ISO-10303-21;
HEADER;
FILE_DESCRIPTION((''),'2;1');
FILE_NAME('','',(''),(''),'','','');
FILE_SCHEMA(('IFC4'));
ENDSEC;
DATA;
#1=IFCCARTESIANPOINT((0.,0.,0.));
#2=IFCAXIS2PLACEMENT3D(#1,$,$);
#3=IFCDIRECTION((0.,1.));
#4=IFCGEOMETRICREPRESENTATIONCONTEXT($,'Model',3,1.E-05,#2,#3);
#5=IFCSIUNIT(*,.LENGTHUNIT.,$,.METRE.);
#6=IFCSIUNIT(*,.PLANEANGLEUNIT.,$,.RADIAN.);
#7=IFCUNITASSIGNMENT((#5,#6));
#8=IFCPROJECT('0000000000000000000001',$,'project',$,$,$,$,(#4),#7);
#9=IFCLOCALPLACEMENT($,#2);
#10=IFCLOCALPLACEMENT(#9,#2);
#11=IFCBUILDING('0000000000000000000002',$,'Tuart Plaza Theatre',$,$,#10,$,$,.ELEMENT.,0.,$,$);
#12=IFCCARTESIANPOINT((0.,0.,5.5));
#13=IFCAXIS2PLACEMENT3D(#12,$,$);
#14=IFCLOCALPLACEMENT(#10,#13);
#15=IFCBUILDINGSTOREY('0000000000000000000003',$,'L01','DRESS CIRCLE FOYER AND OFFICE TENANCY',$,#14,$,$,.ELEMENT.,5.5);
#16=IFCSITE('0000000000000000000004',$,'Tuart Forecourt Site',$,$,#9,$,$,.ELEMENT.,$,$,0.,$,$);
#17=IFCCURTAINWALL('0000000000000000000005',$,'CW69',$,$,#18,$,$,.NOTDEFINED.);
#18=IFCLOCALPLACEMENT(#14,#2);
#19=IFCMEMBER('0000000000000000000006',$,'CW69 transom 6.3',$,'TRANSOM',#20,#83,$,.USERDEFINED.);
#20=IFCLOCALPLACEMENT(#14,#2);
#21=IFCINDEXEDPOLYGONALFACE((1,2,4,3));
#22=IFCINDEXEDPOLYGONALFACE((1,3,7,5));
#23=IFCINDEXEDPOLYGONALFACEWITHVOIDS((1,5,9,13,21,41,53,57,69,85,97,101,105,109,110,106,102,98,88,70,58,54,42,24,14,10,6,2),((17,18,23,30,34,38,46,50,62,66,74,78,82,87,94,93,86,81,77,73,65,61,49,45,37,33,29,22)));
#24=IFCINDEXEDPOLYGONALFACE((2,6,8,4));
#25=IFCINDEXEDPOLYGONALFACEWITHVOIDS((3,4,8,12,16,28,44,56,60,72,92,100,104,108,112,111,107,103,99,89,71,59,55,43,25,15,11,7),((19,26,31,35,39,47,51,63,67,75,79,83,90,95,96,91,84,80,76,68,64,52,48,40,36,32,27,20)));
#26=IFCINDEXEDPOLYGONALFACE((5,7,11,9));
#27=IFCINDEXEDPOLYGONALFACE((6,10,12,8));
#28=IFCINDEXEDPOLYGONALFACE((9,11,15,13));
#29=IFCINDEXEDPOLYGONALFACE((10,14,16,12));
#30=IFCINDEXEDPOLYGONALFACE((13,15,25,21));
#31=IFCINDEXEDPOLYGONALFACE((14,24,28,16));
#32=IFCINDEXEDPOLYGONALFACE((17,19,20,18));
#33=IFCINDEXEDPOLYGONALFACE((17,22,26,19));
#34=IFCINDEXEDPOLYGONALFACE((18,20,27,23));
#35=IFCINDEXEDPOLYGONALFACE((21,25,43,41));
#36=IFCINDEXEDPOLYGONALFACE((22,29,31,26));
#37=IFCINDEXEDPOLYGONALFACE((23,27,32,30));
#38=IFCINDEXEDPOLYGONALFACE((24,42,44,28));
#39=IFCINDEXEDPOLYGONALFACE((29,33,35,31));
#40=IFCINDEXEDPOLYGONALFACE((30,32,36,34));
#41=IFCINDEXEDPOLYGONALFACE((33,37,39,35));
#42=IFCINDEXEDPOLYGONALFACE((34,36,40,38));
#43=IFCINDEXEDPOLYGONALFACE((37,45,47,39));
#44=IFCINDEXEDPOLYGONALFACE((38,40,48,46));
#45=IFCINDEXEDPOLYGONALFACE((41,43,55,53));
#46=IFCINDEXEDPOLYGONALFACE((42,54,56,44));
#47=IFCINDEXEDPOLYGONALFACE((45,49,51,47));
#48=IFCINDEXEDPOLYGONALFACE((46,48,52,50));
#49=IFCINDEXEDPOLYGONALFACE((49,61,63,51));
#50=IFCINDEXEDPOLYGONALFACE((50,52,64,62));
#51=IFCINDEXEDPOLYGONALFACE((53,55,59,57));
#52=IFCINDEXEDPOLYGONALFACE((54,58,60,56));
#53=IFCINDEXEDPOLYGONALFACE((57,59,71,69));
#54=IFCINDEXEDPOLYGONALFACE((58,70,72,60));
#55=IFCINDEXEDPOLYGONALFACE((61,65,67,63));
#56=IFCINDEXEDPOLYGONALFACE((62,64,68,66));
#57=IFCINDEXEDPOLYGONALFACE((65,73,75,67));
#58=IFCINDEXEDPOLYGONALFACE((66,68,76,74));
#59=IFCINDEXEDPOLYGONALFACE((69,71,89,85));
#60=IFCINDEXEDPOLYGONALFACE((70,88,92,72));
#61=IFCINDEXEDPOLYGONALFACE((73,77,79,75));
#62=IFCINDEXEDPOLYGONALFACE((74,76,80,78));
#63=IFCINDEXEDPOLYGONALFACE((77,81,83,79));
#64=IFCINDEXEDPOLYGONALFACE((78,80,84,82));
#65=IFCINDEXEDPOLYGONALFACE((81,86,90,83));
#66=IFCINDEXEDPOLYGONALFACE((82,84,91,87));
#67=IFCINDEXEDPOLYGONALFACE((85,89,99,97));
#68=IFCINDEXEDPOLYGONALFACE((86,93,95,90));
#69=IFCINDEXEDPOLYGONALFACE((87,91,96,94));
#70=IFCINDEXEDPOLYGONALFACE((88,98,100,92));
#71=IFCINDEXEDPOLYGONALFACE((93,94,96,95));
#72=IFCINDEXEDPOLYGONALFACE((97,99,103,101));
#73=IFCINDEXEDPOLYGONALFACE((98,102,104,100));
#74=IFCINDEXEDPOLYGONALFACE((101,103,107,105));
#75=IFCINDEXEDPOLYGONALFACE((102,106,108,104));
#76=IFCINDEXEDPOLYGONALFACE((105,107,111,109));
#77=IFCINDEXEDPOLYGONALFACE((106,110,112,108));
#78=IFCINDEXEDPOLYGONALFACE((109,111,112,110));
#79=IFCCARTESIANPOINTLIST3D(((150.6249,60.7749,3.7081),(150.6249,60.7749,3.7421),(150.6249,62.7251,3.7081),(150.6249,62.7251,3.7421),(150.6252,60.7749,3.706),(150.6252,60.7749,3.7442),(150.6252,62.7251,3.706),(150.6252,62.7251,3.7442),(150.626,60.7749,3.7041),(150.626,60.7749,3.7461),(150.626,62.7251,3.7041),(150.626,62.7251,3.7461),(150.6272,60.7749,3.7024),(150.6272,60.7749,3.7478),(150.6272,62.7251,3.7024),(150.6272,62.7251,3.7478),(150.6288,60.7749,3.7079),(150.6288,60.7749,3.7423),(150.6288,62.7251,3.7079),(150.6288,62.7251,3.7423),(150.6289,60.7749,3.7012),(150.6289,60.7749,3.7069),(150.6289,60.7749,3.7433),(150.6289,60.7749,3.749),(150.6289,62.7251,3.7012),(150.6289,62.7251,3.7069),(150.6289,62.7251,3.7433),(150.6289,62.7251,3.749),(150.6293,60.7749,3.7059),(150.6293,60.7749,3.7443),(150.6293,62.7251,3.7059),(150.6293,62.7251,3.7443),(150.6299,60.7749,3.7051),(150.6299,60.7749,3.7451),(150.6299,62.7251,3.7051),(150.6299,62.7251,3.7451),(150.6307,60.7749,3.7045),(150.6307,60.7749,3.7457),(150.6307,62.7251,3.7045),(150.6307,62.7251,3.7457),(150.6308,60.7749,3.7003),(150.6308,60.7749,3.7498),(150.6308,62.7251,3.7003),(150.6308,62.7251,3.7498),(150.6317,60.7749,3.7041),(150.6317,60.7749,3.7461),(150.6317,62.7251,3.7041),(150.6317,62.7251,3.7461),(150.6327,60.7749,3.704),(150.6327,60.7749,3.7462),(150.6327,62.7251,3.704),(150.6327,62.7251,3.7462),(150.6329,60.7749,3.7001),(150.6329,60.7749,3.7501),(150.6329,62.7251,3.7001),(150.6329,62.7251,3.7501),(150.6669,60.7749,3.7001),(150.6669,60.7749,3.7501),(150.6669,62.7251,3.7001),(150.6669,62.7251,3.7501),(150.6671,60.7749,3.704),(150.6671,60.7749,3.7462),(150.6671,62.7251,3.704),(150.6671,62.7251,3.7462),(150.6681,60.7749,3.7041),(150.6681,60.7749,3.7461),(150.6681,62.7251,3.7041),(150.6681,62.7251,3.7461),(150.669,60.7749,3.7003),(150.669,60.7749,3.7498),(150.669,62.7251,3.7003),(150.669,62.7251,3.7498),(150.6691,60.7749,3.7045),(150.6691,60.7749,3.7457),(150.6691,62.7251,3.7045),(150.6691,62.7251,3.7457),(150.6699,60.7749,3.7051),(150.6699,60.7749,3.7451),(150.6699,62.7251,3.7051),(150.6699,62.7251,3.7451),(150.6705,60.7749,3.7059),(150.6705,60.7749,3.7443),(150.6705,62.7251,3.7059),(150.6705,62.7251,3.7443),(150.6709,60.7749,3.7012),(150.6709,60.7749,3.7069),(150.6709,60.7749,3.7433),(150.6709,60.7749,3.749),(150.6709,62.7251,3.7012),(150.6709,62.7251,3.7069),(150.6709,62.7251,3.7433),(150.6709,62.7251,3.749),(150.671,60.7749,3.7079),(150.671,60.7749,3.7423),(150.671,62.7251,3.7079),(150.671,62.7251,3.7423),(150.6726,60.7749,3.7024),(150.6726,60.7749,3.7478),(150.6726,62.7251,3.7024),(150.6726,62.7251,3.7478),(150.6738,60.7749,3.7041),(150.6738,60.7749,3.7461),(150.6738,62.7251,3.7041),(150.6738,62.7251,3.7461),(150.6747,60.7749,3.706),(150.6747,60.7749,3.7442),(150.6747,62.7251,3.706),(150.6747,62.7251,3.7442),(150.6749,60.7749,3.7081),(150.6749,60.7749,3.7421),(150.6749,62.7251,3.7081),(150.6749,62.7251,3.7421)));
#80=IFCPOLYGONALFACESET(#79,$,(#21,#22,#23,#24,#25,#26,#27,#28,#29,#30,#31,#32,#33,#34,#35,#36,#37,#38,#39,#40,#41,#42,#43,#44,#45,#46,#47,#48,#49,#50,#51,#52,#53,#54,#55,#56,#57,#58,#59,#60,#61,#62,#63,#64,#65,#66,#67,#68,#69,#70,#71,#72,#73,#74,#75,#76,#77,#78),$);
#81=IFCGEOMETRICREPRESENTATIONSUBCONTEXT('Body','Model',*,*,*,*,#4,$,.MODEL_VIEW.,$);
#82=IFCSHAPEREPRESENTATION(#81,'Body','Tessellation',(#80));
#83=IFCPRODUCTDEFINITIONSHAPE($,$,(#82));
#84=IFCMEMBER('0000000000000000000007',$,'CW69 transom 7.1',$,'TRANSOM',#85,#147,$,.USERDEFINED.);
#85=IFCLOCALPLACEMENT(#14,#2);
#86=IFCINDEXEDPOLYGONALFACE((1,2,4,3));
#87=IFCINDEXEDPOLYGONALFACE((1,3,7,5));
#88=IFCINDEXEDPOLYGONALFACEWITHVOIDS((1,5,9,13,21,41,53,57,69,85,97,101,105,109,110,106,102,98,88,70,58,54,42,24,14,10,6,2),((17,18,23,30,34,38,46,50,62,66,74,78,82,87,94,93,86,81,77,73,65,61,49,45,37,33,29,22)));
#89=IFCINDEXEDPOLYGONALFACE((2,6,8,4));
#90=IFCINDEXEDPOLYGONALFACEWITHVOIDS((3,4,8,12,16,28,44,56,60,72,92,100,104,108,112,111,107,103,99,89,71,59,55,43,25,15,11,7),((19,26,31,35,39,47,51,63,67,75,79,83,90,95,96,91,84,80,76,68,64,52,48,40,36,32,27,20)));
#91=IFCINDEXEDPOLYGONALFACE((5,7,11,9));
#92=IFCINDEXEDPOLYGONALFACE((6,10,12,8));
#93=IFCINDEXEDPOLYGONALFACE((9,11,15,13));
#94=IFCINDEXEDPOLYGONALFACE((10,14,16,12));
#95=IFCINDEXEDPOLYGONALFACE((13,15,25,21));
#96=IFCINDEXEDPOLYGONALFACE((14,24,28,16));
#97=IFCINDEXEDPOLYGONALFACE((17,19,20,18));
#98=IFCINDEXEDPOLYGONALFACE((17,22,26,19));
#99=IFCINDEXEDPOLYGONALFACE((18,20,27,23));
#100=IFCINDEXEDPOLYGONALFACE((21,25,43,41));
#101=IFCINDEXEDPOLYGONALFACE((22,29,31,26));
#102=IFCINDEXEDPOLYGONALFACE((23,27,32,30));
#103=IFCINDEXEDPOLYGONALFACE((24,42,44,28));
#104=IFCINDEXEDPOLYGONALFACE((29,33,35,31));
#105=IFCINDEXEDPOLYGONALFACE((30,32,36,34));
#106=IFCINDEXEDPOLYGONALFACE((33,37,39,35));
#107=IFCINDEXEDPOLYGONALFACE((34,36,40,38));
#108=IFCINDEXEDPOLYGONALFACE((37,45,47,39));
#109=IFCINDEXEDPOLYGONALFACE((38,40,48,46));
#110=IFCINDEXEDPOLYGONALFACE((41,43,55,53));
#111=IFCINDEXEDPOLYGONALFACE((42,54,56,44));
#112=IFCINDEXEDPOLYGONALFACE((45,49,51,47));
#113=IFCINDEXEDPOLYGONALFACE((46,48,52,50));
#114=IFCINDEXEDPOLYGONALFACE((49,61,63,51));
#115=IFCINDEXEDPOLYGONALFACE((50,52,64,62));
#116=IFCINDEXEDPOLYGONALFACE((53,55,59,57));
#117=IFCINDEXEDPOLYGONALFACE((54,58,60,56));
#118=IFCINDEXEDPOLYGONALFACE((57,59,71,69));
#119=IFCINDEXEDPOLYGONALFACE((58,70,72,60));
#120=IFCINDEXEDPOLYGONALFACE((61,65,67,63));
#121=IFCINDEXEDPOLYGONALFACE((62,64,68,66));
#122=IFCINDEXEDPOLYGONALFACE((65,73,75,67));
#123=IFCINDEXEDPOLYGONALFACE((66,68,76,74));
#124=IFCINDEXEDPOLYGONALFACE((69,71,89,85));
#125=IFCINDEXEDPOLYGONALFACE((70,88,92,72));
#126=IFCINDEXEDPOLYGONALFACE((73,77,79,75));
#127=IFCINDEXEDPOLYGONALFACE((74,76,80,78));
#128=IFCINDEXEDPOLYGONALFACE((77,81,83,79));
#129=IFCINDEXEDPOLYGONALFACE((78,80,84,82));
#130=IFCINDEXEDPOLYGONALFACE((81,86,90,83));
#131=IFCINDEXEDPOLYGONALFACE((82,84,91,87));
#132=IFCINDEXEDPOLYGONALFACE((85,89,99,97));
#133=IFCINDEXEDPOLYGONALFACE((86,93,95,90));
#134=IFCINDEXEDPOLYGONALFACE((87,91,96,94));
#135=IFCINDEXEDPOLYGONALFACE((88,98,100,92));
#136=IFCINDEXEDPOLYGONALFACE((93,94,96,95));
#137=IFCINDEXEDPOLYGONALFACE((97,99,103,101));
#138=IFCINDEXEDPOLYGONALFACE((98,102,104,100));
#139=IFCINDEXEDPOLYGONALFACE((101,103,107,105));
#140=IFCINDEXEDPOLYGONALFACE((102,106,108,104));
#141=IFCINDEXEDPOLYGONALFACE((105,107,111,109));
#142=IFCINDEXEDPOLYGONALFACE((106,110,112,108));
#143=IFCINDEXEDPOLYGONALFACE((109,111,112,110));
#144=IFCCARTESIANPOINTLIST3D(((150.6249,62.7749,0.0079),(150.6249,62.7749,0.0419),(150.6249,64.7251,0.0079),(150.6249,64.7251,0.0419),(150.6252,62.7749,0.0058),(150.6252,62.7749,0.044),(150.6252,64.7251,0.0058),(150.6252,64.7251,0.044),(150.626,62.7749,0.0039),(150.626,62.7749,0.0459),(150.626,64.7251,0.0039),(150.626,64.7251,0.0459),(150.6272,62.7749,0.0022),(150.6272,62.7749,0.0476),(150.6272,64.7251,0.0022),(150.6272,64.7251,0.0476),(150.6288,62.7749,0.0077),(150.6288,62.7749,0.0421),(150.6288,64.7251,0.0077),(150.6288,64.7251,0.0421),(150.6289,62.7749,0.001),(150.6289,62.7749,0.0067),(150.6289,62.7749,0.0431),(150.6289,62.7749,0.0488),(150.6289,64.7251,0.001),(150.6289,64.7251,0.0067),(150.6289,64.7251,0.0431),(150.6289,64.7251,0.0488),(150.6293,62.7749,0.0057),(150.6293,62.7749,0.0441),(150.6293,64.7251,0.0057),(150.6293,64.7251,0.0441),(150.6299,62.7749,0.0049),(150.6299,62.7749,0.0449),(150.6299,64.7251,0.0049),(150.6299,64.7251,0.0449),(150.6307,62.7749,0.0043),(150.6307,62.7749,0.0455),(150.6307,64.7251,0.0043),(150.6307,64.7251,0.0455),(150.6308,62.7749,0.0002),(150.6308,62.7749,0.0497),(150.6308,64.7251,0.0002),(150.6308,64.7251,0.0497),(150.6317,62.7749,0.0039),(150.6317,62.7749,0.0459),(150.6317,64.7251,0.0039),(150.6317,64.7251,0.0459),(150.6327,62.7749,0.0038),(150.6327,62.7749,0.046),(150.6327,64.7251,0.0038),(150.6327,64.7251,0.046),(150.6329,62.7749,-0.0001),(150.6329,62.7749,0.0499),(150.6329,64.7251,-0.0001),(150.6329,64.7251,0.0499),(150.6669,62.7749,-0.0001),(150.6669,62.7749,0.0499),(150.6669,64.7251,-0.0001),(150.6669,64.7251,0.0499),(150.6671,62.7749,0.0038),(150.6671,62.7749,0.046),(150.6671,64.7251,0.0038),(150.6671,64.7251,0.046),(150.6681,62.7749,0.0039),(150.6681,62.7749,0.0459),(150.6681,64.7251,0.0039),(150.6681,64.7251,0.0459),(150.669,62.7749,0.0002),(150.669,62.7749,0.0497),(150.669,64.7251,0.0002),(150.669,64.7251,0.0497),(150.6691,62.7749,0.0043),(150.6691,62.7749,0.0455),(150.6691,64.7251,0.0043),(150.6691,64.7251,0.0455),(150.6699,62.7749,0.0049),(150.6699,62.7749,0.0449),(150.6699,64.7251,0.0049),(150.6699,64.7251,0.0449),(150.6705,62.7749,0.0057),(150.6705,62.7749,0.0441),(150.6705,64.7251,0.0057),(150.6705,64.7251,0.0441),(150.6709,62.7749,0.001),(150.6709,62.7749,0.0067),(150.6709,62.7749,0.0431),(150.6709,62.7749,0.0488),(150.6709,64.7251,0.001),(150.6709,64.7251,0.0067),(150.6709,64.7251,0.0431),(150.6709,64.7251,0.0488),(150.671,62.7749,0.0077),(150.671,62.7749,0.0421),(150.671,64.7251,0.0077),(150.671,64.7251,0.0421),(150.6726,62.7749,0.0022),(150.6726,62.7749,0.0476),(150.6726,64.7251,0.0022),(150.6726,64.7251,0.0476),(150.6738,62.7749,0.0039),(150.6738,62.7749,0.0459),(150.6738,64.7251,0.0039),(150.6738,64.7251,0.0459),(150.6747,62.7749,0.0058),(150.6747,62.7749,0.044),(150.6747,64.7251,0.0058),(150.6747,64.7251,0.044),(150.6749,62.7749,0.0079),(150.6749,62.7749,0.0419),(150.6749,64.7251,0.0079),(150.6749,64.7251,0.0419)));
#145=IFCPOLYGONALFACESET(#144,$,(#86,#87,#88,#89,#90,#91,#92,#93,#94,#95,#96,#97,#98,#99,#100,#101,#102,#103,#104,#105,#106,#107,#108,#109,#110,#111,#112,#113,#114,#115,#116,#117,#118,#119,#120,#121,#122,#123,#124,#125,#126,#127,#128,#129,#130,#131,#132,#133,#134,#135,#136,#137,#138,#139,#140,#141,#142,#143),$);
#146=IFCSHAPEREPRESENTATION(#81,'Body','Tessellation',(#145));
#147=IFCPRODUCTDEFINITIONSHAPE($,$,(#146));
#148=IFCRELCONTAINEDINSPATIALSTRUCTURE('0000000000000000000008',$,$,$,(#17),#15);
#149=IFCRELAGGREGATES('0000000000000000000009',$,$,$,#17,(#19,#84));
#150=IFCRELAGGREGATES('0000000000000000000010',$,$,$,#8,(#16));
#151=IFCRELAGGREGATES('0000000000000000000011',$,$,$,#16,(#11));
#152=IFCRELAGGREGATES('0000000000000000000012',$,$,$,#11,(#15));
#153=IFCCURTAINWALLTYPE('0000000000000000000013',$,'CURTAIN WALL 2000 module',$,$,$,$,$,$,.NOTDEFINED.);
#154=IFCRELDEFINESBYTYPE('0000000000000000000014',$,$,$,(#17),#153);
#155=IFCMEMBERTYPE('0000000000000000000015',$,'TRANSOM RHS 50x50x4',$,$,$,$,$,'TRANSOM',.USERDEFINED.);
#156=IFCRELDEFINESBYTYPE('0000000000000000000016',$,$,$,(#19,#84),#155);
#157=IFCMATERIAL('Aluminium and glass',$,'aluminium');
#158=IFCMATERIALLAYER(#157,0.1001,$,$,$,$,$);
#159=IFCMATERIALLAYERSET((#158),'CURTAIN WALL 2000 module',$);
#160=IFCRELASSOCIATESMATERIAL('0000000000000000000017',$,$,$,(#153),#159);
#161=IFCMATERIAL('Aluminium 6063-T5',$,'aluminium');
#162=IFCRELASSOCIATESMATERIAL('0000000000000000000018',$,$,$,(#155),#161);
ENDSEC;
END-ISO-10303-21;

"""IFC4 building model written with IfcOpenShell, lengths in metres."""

from ifc_helpers import new_model, si_unit, direction, frame, origin, origin_2d, place, context, subcontext, project, spatial, hollow_rectangle, extrude, material, layer, layer_set, material_profile, profile_set, type_object, element, aggregate, save


model = new_model("IFC4")

# Units and contexts
model_context = context("Model", 3, precision=1e-05, world=origin(), true_north=direction((0.0, 1.0)))
body_context = subcontext(model_context, "Body", "Model", "MODEL_VIEW")
ifc_project = project(units=[si_unit("LENGTHUNIT", "METRE"), si_unit("PLANEANGLEUNIT", "RADIAN")], contexts=[model_context])

# Site, building, storey
site_placement = place(None, origin())
site = spatial("IfcSite", under=ifc_project, at=site_placement, Name="Tuart Forecourt Site", CompositionType="ELEMENT", RefElevation=0.0)
building_placement = place(site_placement, origin())
building = spatial("IfcBuilding", under=site, at=building_placement, Name="Tuart Plaza Theatre", CompositionType="ELEMENT", ElevationOfRefHeight=0.0)
storey_placement = place(building_placement, frame((0.0, 0.0, 5.5)))
storey = spatial("IfcBuildingStorey", under=building, at=storey_placement, Name="L01", Description="DRESS CIRCLE FOYER AND OFFICE TENANCY", CompositionType="ELEMENT", Elevation=5.5)

# Curtain wall, members
ifc_material_1 = material(Name="Aluminium and glass", Category="aluminium")
ifc_layer_1 = layer(ifc_material_1, 0.1001)
ifc_layer_set_1 = layer_set([ifc_layer_1], Name="CURTAIN WALL 2000 module")
curtain_wall_type = type_object("IfcCurtainWallType", Name="CURTAIN WALL 2000 module", PredefinedType="NOTDEFINED", material=ifc_layer_set_1)
curtain_wall_placement = place(storey_placement, origin())
curtain_wall = element("IfcCurtainWall", 1, at=curtain_wall_placement, inside=storey, type_object=curtain_wall_type, Name="CW69", PredefinedType="NOTDEFINED")
ifc_material_2 = material(Name="Aluminium 6063-T5", Category="aluminium")
ifc_material_profile_1 = material_profile(ifc_material_2, hollow_rectangle(XDim=0.05, YDim=0.05, WallThickness=0.0039, InnerFilletRadius=0.0039, OuterFilletRadius=0.0081, at=origin_2d()), Name="RHS 50x50x4")
ifc_profile_set_1 = profile_set([ifc_material_profile_1], Name="Aluminium 6063-T5")
member_type_1 = type_object("IfcMemberType", Name="TRANSOM RHS 50x50x4", ElementType="TRANSOM", PredefinedType="USERDEFINED", material=ifc_profile_set_1)
member_1_placement = place(storey_placement, frame((150.6499, 60.7749, 3.7251), z_axis=(0.0, 1.0, 0.0), x_axis=(-1.0, 0.0, 0.0)))
member_1 = element("IfcMember", 2, at=member_1_placement, type_object=member_type_1, Name="CW69 transom 6.3", ObjectType="TRANSOM", PredefinedType="USERDEFINED", context=body_context, shape_type="SweptSolid", body=[
    extrude(hollow_rectangle(XDim=0.05, YDim=0.05, WallThickness=0.0039, InnerFilletRadius=0.0039, OuterFilletRadius=0.0081, at=origin_2d()), origin(), (0.0, 0.0, 1.0), 1.9502),
])
member_2_placement = place(storey_placement, frame((150.6499, 62.7749, 0.0249), z_axis=(0.0, 1.0, 0.0), x_axis=(-1.0, 0.0, 0.0)))
member_2 = element("IfcMember", 3, at=member_2_placement, type_object=member_type_1, Name="CW69 transom 7.1", ObjectType="TRANSOM", PredefinedType="USERDEFINED", context=body_context, shape_type="SweptSolid", body=[
    extrude(hollow_rectangle(XDim=0.05, YDim=0.05, WallThickness=0.0039, InnerFilletRadius=0.0039, OuterFilletRadius=0.0081, at=origin_2d()), origin(), (0.0, 0.0, 1.0), 1.9502),
])
aggregate(curtain_wall, [member_1, member_2])

save(model, "model.ifc")
